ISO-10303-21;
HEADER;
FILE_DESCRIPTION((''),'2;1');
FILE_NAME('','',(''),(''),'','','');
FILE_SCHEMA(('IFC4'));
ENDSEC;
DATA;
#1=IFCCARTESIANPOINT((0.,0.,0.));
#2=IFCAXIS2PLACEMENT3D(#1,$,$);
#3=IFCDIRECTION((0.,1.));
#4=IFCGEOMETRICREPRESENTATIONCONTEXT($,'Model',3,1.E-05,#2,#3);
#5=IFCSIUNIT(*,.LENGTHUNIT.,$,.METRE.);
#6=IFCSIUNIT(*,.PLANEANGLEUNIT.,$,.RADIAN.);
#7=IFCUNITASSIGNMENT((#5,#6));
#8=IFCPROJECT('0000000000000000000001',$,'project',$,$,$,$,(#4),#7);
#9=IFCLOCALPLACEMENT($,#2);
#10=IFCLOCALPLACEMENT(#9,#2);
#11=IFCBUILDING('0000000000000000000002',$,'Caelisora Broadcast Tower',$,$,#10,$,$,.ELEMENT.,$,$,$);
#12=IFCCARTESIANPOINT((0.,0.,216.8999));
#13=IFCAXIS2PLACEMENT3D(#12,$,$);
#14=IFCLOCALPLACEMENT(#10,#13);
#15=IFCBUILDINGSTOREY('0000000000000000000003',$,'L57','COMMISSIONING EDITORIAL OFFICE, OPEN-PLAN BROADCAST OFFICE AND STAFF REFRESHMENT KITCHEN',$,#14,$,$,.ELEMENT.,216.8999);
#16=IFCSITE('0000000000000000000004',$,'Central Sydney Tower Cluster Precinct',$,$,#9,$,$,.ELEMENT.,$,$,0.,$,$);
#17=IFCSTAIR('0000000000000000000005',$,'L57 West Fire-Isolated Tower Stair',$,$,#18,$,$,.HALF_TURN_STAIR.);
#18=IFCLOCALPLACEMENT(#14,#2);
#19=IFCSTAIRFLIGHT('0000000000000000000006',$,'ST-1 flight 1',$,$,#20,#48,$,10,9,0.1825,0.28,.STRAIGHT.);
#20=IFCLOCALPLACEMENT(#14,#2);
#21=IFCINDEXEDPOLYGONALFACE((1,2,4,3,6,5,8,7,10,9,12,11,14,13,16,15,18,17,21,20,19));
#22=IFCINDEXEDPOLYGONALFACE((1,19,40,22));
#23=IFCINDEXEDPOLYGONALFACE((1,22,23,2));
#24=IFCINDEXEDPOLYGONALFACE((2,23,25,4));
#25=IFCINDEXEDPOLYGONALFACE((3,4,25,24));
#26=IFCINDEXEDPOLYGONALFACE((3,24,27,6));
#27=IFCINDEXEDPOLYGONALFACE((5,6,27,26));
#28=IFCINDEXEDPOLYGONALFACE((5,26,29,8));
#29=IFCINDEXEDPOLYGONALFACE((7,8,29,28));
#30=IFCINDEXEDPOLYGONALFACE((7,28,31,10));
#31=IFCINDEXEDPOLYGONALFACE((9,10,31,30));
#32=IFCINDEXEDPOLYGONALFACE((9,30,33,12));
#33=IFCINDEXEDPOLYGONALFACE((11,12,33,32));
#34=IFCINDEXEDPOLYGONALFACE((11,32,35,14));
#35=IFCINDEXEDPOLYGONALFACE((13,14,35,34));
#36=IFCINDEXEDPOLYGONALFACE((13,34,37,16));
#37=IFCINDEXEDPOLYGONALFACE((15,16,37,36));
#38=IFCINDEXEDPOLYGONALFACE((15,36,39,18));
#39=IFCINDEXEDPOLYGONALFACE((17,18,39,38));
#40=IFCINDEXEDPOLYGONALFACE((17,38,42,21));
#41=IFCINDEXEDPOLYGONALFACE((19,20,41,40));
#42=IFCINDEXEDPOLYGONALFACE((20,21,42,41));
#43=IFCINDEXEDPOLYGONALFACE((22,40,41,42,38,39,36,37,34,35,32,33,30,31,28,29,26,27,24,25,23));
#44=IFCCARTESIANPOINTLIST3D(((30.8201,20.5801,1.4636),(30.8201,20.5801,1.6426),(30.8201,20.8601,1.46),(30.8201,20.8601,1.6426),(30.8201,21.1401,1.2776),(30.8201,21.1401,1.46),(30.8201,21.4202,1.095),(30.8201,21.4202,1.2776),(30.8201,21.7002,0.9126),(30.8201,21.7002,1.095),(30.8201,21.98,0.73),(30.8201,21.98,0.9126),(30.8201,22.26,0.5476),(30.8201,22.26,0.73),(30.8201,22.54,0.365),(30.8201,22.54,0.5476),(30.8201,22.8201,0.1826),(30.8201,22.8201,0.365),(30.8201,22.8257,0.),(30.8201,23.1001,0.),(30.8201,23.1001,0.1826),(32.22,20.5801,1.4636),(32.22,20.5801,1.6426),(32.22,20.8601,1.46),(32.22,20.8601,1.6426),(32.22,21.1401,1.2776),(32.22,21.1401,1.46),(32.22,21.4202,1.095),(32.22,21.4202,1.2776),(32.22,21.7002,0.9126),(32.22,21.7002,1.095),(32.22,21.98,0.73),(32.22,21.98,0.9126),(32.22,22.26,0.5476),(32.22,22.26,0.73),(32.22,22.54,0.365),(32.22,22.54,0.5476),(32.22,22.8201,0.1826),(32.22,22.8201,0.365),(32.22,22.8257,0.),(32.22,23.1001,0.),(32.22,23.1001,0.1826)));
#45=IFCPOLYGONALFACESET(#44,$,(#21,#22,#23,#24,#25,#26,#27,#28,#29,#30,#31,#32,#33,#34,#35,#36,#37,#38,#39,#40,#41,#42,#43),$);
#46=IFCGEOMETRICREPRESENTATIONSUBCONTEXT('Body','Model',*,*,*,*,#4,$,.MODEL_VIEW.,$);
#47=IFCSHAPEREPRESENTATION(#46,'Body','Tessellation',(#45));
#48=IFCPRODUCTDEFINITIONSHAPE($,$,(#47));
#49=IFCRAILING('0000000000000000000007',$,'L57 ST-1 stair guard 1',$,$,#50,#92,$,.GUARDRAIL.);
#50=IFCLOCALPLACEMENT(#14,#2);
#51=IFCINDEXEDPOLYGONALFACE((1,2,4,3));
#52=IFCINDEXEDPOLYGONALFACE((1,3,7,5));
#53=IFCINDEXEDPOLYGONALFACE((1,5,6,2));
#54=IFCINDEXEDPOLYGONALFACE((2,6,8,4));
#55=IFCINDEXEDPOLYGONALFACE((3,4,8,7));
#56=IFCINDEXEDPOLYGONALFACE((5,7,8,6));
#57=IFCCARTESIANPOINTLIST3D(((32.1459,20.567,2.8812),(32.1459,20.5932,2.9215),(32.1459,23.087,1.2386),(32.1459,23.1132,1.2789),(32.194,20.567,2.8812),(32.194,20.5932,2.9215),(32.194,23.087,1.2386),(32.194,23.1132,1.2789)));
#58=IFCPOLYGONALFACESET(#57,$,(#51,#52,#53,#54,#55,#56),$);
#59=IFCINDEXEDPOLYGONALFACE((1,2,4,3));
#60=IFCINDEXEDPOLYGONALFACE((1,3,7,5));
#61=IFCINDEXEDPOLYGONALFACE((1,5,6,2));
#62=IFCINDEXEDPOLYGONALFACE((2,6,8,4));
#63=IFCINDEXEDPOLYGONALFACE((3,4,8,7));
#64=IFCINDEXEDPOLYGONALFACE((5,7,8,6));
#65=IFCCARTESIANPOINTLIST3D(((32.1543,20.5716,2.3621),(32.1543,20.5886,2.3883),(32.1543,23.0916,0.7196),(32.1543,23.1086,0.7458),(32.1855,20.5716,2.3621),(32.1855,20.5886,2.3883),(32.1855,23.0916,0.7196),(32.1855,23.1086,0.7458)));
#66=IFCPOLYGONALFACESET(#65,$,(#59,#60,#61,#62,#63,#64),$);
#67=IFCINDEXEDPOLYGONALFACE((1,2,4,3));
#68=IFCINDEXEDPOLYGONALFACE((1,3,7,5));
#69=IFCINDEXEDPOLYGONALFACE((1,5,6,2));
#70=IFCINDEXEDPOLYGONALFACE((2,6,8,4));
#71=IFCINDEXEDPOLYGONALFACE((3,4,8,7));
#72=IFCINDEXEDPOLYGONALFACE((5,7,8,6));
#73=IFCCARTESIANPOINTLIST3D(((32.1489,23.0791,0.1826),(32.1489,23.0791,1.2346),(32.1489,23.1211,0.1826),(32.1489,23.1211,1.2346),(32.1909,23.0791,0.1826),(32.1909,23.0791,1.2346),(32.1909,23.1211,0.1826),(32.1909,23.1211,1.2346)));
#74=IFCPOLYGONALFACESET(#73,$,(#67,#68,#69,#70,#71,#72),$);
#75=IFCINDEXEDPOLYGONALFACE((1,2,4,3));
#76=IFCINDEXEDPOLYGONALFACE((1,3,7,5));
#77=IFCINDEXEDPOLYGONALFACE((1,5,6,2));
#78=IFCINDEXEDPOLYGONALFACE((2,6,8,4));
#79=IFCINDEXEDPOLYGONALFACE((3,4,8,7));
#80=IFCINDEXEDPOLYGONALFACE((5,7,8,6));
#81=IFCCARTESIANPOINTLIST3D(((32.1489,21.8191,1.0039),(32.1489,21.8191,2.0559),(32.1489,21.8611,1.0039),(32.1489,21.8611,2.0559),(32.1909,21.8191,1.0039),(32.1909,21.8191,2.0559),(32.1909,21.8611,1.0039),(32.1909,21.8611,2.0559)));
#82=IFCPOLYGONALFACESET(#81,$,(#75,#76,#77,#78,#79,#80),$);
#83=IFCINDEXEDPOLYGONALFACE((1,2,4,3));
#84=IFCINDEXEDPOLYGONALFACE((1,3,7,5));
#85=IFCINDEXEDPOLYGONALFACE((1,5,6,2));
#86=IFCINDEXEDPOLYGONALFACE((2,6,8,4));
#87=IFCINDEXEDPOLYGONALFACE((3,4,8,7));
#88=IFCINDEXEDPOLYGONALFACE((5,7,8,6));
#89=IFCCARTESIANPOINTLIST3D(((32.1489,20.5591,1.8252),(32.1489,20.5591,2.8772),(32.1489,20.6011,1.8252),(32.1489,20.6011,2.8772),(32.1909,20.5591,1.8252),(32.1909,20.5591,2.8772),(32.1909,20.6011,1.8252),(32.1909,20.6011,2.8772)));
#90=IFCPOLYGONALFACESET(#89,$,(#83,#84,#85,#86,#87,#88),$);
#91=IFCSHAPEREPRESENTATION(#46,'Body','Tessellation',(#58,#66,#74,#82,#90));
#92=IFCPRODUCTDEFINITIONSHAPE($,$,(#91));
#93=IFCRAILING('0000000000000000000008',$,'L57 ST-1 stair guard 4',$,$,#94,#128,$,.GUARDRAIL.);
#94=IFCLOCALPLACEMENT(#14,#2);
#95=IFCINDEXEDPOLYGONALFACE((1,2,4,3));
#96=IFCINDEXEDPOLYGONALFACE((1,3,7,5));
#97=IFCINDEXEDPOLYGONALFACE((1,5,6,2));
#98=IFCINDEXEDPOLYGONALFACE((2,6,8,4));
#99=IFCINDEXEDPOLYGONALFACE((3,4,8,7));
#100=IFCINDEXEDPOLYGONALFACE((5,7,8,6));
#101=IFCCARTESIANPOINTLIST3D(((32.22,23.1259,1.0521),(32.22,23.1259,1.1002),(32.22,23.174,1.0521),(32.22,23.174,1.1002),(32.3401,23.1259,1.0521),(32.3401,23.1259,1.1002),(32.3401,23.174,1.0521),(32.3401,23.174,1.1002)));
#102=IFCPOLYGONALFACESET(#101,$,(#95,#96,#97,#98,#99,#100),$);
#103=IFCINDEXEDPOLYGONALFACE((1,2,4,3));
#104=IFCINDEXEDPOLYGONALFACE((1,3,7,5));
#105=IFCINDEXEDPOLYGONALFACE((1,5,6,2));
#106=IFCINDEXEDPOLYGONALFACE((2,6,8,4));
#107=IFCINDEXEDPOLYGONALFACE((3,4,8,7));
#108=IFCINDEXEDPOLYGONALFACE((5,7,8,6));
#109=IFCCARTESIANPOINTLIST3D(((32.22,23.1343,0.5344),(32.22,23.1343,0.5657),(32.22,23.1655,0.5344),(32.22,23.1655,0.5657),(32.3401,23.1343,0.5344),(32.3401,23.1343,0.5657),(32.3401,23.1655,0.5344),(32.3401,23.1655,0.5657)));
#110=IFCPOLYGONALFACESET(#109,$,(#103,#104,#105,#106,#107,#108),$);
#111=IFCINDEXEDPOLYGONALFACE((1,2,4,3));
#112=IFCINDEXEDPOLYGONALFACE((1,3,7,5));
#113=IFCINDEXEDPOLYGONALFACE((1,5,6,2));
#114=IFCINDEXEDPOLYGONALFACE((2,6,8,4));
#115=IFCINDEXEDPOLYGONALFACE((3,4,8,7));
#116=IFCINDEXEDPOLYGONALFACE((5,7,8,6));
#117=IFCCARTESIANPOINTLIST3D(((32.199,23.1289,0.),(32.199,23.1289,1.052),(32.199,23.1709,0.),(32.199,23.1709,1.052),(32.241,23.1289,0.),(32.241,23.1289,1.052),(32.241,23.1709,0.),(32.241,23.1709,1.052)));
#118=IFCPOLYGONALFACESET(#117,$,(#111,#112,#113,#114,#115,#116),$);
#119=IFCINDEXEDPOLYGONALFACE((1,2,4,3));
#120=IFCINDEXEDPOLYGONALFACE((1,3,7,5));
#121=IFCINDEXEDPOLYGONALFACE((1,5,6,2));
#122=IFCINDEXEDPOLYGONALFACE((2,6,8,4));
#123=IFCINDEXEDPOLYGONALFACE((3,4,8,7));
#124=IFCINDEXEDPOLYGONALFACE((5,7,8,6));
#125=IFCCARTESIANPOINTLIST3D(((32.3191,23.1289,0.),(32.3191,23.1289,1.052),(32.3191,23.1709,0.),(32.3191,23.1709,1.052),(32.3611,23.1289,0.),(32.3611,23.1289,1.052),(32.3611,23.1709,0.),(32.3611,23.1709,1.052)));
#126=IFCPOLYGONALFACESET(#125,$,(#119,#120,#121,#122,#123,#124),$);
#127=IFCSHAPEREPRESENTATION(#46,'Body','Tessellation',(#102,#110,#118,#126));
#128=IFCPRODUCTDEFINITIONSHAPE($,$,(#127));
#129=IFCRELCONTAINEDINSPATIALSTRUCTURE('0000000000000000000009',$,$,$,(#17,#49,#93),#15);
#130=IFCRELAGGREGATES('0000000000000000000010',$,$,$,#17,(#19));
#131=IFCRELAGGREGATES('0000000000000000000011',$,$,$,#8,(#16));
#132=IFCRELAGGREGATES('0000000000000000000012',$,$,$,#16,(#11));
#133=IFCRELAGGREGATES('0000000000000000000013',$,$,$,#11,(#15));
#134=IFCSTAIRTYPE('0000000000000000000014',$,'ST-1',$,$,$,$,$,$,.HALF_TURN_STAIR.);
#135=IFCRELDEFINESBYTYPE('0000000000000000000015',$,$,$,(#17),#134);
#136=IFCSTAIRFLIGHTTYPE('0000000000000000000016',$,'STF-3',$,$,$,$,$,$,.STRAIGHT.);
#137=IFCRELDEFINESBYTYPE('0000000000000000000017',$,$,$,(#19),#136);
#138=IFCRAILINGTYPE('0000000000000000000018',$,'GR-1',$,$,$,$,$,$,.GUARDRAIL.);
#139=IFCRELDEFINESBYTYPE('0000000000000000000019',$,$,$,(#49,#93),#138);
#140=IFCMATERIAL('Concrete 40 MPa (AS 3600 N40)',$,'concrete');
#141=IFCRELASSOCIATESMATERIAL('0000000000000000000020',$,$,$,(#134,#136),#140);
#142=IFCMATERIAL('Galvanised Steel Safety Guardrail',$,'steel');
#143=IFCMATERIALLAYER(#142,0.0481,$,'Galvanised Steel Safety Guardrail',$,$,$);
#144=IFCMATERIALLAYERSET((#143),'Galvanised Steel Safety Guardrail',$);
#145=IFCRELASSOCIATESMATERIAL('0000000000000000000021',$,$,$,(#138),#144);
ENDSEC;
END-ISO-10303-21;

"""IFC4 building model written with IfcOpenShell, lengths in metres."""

from ifc_helpers import new_model, si_unit, direction, frame, origin, origin_2d, place, context, subcontext, project, spatial, polyline, rectangle, outline, extrude, material, layer, layer_set, type_object, element, aggregate, save


model = new_model("IFC4")

# Units and contexts
model_context = context("Model", 3, precision=1e-05, world=origin(), true_north=direction((0.0, 1.0)))
body_context = subcontext(model_context, "Body", "Model", "MODEL_VIEW")
ifc_project = project(units=[si_unit("LENGTHUNIT", "METRE"), si_unit("PLANEANGLEUNIT", "RADIAN")], contexts=[model_context])

# Site, building, storey
site_placement = place(None, origin())
site = spatial("IfcSite", under=ifc_project, at=site_placement, Name="Central Sydney Tower Cluster Precinct", CompositionType="ELEMENT", RefElevation=0.0)
building_placement = place(site_placement, origin())
building = spatial("IfcBuilding", under=site, at=building_placement, Name="Caelisora Broadcast Tower", CompositionType="ELEMENT")
storey_placement = place(building_placement, frame((0.0, 0.0, 216.8999)))
storey = spatial("IfcBuildingStorey", under=building, at=storey_placement, Name="L57", Description="COMMISSIONING EDITORIAL OFFICE, OPEN-PLAN BROADCAST OFFICE AND STAFF REFRESHMENT KITCHEN", CompositionType="ELEMENT", Elevation=216.8999)

# Stair, stair flight
ifc_material_1 = material(Name="Concrete 40 MPa (AS 3600 N40)", Category="concrete")
stair_type = type_object("IfcStairType", Name="ST-1", PredefinedType="HALF_TURN_STAIR", material=ifc_material_1)
stair_placement = place(storey_placement, origin())
stair = element("IfcStair", 1, at=stair_placement, inside=storey, type_object=stair_type, Name="L57 West Fire-Isolated Tower Stair", PredefinedType="HALF_TURN_STAIR")
stair_flight_type = type_object("IfcStairFlightType", Name="STF-3", PredefinedType="STRAIGHT", material=ifc_material_1)
stair_flight_placement = place(storey_placement, frame((31.52, 23.1001, 0.0), z_axis=(0.0, 0.0, 1.0), x_axis=(0.0, -1.0, 0.0)))
stair_flight = element("IfcStairFlight", 2, at=stair_flight_placement, type_object=stair_flight_type, Name="ST-1 flight 1", NumberOfRisers=10, NumberOfTreads=9, PredefinedType="STRAIGHT", RiserHeight=0.1825, TreadLength=0.28, context=body_context, shape_type="SweptSolid", body=[
    extrude(outline(polyline([(0.0, 0.0), (0.0, 0.1826), (0.28, 0.1826), (0.28, 0.365), (0.5601, 0.365), (0.5601, 0.5476), (0.8401, 0.5476), (0.8401, 0.73), (1.1201, 0.73), (1.1201, 0.9126), (1.3999, 0.9126), (1.3999, 1.095), (1.6799, 1.095), (1.6799, 1.2776), (1.96, 1.2776), (1.96, 1.46), (2.24, 1.46), (2.24, 1.6426), (2.52, 1.6426), (2.52, 1.825), (2.52, 1.4636), (0.2744, 0.0), (0.0, 0.0)])), frame((0.0, 0.7, 0.0), z_axis=(0.0, -1.0, 0.0), x_axis=(1.0, 0.0, 0.0)), (0.0, 0.0, 1.0), 1.3999),
])
aggregate(stair, [stair_flight])

# Railings
ifc_material_2 = material(Name="Galvanised Steel Safety Guardrail", Category="steel")
ifc_layer_1 = layer(ifc_material_2, 0.0481, Name="Galvanised Steel Safety Guardrail")
ifc_layer_set_1 = layer_set([ifc_layer_1], Name="Galvanised Steel Safety Guardrail")
railing_type = type_object("IfcRailingType", Name="GR-1", PredefinedType="GUARDRAIL", material=ifc_layer_set_1)
railing_1_placement = place(storey_placement, frame((32.1699, 23.1001, 0.1826)))
element("IfcRailing", 3, at=railing_1_placement, inside=storey, type_object=railing_type, Name="L57 ST-1 stair guard 1", PredefinedType="GUARDRAIL", context=body_context, shape_type="SweptSolid", body=[
    extrude(rectangle(XDim=0.0481, YDim=0.0481, at=origin_2d()), frame((0.0, 0.0, 1.0762), z_axis=(0.0, -0.837749, 0.546055), x_axis=(1.0, 0.0, 0.0)), (0.0, 0.0, 1.0), 3.0081),
    extrude(rectangle(XDim=0.0312, YDim=0.0312, at=origin_2d()), frame((0.0, 0.0, 0.55), z_axis=(0.0, -0.837749, 0.546055), x_axis=(1.0, 0.0, 0.0)), (0.0, 0.0, 1.0), 3.0081),
    extrude(rectangle(XDim=0.042, YDim=0.042, at=origin_2d()), origin(), (0.0, 0.0, 1.0), 1.052),
    extrude(rectangle(XDim=0.042, YDim=0.042, at=origin_2d()), frame((0.0, -1.26, 0.8213)), (0.0, 0.0, 1.0), 1.052),
    extrude(rectangle(XDim=0.042, YDim=0.042, at=origin_2d()), frame((0.0, -2.52, 1.6426)), (0.0, 0.0, 1.0), 1.052),
])
railing_2_placement = place(storey_placement, frame((32.22, 23.1499, 0.0)))
element("IfcRailing", 4, at=railing_2_placement, inside=storey, type_object=railing_type, Name="L57 ST-1 stair guard 4", PredefinedType="GUARDRAIL", context=body_context, shape_type="SweptSolid", body=[
    extrude(rectangle(XDim=0.0481, YDim=0.0481, at=origin_2d()), frame((0.0, 0.0, 1.0762), z_axis=(1.0, 0.0, 0.0), x_axis=(0.0, 1.0, 0.0)), (0.0, 0.0, 1.0), 0.1201),
    extrude(rectangle(XDim=0.0312, YDim=0.0312, at=origin_2d()), frame((0.0, 0.0, 0.55), z_axis=(1.0, 0.0, 0.0), x_axis=(0.0, 1.0, 0.0)), (0.0, 0.0, 1.0), 0.1201),
    extrude(rectangle(XDim=0.042, YDim=0.042, at=origin_2d()), origin(), (0.0, 0.0, 1.0), 1.052),
    extrude(rectangle(XDim=0.042, YDim=0.042, at=origin_2d()), frame((0.1201, 0.0, 0.0)), (0.0, 0.0, 1.0), 1.052),
])

save(model, "model.ifc")
